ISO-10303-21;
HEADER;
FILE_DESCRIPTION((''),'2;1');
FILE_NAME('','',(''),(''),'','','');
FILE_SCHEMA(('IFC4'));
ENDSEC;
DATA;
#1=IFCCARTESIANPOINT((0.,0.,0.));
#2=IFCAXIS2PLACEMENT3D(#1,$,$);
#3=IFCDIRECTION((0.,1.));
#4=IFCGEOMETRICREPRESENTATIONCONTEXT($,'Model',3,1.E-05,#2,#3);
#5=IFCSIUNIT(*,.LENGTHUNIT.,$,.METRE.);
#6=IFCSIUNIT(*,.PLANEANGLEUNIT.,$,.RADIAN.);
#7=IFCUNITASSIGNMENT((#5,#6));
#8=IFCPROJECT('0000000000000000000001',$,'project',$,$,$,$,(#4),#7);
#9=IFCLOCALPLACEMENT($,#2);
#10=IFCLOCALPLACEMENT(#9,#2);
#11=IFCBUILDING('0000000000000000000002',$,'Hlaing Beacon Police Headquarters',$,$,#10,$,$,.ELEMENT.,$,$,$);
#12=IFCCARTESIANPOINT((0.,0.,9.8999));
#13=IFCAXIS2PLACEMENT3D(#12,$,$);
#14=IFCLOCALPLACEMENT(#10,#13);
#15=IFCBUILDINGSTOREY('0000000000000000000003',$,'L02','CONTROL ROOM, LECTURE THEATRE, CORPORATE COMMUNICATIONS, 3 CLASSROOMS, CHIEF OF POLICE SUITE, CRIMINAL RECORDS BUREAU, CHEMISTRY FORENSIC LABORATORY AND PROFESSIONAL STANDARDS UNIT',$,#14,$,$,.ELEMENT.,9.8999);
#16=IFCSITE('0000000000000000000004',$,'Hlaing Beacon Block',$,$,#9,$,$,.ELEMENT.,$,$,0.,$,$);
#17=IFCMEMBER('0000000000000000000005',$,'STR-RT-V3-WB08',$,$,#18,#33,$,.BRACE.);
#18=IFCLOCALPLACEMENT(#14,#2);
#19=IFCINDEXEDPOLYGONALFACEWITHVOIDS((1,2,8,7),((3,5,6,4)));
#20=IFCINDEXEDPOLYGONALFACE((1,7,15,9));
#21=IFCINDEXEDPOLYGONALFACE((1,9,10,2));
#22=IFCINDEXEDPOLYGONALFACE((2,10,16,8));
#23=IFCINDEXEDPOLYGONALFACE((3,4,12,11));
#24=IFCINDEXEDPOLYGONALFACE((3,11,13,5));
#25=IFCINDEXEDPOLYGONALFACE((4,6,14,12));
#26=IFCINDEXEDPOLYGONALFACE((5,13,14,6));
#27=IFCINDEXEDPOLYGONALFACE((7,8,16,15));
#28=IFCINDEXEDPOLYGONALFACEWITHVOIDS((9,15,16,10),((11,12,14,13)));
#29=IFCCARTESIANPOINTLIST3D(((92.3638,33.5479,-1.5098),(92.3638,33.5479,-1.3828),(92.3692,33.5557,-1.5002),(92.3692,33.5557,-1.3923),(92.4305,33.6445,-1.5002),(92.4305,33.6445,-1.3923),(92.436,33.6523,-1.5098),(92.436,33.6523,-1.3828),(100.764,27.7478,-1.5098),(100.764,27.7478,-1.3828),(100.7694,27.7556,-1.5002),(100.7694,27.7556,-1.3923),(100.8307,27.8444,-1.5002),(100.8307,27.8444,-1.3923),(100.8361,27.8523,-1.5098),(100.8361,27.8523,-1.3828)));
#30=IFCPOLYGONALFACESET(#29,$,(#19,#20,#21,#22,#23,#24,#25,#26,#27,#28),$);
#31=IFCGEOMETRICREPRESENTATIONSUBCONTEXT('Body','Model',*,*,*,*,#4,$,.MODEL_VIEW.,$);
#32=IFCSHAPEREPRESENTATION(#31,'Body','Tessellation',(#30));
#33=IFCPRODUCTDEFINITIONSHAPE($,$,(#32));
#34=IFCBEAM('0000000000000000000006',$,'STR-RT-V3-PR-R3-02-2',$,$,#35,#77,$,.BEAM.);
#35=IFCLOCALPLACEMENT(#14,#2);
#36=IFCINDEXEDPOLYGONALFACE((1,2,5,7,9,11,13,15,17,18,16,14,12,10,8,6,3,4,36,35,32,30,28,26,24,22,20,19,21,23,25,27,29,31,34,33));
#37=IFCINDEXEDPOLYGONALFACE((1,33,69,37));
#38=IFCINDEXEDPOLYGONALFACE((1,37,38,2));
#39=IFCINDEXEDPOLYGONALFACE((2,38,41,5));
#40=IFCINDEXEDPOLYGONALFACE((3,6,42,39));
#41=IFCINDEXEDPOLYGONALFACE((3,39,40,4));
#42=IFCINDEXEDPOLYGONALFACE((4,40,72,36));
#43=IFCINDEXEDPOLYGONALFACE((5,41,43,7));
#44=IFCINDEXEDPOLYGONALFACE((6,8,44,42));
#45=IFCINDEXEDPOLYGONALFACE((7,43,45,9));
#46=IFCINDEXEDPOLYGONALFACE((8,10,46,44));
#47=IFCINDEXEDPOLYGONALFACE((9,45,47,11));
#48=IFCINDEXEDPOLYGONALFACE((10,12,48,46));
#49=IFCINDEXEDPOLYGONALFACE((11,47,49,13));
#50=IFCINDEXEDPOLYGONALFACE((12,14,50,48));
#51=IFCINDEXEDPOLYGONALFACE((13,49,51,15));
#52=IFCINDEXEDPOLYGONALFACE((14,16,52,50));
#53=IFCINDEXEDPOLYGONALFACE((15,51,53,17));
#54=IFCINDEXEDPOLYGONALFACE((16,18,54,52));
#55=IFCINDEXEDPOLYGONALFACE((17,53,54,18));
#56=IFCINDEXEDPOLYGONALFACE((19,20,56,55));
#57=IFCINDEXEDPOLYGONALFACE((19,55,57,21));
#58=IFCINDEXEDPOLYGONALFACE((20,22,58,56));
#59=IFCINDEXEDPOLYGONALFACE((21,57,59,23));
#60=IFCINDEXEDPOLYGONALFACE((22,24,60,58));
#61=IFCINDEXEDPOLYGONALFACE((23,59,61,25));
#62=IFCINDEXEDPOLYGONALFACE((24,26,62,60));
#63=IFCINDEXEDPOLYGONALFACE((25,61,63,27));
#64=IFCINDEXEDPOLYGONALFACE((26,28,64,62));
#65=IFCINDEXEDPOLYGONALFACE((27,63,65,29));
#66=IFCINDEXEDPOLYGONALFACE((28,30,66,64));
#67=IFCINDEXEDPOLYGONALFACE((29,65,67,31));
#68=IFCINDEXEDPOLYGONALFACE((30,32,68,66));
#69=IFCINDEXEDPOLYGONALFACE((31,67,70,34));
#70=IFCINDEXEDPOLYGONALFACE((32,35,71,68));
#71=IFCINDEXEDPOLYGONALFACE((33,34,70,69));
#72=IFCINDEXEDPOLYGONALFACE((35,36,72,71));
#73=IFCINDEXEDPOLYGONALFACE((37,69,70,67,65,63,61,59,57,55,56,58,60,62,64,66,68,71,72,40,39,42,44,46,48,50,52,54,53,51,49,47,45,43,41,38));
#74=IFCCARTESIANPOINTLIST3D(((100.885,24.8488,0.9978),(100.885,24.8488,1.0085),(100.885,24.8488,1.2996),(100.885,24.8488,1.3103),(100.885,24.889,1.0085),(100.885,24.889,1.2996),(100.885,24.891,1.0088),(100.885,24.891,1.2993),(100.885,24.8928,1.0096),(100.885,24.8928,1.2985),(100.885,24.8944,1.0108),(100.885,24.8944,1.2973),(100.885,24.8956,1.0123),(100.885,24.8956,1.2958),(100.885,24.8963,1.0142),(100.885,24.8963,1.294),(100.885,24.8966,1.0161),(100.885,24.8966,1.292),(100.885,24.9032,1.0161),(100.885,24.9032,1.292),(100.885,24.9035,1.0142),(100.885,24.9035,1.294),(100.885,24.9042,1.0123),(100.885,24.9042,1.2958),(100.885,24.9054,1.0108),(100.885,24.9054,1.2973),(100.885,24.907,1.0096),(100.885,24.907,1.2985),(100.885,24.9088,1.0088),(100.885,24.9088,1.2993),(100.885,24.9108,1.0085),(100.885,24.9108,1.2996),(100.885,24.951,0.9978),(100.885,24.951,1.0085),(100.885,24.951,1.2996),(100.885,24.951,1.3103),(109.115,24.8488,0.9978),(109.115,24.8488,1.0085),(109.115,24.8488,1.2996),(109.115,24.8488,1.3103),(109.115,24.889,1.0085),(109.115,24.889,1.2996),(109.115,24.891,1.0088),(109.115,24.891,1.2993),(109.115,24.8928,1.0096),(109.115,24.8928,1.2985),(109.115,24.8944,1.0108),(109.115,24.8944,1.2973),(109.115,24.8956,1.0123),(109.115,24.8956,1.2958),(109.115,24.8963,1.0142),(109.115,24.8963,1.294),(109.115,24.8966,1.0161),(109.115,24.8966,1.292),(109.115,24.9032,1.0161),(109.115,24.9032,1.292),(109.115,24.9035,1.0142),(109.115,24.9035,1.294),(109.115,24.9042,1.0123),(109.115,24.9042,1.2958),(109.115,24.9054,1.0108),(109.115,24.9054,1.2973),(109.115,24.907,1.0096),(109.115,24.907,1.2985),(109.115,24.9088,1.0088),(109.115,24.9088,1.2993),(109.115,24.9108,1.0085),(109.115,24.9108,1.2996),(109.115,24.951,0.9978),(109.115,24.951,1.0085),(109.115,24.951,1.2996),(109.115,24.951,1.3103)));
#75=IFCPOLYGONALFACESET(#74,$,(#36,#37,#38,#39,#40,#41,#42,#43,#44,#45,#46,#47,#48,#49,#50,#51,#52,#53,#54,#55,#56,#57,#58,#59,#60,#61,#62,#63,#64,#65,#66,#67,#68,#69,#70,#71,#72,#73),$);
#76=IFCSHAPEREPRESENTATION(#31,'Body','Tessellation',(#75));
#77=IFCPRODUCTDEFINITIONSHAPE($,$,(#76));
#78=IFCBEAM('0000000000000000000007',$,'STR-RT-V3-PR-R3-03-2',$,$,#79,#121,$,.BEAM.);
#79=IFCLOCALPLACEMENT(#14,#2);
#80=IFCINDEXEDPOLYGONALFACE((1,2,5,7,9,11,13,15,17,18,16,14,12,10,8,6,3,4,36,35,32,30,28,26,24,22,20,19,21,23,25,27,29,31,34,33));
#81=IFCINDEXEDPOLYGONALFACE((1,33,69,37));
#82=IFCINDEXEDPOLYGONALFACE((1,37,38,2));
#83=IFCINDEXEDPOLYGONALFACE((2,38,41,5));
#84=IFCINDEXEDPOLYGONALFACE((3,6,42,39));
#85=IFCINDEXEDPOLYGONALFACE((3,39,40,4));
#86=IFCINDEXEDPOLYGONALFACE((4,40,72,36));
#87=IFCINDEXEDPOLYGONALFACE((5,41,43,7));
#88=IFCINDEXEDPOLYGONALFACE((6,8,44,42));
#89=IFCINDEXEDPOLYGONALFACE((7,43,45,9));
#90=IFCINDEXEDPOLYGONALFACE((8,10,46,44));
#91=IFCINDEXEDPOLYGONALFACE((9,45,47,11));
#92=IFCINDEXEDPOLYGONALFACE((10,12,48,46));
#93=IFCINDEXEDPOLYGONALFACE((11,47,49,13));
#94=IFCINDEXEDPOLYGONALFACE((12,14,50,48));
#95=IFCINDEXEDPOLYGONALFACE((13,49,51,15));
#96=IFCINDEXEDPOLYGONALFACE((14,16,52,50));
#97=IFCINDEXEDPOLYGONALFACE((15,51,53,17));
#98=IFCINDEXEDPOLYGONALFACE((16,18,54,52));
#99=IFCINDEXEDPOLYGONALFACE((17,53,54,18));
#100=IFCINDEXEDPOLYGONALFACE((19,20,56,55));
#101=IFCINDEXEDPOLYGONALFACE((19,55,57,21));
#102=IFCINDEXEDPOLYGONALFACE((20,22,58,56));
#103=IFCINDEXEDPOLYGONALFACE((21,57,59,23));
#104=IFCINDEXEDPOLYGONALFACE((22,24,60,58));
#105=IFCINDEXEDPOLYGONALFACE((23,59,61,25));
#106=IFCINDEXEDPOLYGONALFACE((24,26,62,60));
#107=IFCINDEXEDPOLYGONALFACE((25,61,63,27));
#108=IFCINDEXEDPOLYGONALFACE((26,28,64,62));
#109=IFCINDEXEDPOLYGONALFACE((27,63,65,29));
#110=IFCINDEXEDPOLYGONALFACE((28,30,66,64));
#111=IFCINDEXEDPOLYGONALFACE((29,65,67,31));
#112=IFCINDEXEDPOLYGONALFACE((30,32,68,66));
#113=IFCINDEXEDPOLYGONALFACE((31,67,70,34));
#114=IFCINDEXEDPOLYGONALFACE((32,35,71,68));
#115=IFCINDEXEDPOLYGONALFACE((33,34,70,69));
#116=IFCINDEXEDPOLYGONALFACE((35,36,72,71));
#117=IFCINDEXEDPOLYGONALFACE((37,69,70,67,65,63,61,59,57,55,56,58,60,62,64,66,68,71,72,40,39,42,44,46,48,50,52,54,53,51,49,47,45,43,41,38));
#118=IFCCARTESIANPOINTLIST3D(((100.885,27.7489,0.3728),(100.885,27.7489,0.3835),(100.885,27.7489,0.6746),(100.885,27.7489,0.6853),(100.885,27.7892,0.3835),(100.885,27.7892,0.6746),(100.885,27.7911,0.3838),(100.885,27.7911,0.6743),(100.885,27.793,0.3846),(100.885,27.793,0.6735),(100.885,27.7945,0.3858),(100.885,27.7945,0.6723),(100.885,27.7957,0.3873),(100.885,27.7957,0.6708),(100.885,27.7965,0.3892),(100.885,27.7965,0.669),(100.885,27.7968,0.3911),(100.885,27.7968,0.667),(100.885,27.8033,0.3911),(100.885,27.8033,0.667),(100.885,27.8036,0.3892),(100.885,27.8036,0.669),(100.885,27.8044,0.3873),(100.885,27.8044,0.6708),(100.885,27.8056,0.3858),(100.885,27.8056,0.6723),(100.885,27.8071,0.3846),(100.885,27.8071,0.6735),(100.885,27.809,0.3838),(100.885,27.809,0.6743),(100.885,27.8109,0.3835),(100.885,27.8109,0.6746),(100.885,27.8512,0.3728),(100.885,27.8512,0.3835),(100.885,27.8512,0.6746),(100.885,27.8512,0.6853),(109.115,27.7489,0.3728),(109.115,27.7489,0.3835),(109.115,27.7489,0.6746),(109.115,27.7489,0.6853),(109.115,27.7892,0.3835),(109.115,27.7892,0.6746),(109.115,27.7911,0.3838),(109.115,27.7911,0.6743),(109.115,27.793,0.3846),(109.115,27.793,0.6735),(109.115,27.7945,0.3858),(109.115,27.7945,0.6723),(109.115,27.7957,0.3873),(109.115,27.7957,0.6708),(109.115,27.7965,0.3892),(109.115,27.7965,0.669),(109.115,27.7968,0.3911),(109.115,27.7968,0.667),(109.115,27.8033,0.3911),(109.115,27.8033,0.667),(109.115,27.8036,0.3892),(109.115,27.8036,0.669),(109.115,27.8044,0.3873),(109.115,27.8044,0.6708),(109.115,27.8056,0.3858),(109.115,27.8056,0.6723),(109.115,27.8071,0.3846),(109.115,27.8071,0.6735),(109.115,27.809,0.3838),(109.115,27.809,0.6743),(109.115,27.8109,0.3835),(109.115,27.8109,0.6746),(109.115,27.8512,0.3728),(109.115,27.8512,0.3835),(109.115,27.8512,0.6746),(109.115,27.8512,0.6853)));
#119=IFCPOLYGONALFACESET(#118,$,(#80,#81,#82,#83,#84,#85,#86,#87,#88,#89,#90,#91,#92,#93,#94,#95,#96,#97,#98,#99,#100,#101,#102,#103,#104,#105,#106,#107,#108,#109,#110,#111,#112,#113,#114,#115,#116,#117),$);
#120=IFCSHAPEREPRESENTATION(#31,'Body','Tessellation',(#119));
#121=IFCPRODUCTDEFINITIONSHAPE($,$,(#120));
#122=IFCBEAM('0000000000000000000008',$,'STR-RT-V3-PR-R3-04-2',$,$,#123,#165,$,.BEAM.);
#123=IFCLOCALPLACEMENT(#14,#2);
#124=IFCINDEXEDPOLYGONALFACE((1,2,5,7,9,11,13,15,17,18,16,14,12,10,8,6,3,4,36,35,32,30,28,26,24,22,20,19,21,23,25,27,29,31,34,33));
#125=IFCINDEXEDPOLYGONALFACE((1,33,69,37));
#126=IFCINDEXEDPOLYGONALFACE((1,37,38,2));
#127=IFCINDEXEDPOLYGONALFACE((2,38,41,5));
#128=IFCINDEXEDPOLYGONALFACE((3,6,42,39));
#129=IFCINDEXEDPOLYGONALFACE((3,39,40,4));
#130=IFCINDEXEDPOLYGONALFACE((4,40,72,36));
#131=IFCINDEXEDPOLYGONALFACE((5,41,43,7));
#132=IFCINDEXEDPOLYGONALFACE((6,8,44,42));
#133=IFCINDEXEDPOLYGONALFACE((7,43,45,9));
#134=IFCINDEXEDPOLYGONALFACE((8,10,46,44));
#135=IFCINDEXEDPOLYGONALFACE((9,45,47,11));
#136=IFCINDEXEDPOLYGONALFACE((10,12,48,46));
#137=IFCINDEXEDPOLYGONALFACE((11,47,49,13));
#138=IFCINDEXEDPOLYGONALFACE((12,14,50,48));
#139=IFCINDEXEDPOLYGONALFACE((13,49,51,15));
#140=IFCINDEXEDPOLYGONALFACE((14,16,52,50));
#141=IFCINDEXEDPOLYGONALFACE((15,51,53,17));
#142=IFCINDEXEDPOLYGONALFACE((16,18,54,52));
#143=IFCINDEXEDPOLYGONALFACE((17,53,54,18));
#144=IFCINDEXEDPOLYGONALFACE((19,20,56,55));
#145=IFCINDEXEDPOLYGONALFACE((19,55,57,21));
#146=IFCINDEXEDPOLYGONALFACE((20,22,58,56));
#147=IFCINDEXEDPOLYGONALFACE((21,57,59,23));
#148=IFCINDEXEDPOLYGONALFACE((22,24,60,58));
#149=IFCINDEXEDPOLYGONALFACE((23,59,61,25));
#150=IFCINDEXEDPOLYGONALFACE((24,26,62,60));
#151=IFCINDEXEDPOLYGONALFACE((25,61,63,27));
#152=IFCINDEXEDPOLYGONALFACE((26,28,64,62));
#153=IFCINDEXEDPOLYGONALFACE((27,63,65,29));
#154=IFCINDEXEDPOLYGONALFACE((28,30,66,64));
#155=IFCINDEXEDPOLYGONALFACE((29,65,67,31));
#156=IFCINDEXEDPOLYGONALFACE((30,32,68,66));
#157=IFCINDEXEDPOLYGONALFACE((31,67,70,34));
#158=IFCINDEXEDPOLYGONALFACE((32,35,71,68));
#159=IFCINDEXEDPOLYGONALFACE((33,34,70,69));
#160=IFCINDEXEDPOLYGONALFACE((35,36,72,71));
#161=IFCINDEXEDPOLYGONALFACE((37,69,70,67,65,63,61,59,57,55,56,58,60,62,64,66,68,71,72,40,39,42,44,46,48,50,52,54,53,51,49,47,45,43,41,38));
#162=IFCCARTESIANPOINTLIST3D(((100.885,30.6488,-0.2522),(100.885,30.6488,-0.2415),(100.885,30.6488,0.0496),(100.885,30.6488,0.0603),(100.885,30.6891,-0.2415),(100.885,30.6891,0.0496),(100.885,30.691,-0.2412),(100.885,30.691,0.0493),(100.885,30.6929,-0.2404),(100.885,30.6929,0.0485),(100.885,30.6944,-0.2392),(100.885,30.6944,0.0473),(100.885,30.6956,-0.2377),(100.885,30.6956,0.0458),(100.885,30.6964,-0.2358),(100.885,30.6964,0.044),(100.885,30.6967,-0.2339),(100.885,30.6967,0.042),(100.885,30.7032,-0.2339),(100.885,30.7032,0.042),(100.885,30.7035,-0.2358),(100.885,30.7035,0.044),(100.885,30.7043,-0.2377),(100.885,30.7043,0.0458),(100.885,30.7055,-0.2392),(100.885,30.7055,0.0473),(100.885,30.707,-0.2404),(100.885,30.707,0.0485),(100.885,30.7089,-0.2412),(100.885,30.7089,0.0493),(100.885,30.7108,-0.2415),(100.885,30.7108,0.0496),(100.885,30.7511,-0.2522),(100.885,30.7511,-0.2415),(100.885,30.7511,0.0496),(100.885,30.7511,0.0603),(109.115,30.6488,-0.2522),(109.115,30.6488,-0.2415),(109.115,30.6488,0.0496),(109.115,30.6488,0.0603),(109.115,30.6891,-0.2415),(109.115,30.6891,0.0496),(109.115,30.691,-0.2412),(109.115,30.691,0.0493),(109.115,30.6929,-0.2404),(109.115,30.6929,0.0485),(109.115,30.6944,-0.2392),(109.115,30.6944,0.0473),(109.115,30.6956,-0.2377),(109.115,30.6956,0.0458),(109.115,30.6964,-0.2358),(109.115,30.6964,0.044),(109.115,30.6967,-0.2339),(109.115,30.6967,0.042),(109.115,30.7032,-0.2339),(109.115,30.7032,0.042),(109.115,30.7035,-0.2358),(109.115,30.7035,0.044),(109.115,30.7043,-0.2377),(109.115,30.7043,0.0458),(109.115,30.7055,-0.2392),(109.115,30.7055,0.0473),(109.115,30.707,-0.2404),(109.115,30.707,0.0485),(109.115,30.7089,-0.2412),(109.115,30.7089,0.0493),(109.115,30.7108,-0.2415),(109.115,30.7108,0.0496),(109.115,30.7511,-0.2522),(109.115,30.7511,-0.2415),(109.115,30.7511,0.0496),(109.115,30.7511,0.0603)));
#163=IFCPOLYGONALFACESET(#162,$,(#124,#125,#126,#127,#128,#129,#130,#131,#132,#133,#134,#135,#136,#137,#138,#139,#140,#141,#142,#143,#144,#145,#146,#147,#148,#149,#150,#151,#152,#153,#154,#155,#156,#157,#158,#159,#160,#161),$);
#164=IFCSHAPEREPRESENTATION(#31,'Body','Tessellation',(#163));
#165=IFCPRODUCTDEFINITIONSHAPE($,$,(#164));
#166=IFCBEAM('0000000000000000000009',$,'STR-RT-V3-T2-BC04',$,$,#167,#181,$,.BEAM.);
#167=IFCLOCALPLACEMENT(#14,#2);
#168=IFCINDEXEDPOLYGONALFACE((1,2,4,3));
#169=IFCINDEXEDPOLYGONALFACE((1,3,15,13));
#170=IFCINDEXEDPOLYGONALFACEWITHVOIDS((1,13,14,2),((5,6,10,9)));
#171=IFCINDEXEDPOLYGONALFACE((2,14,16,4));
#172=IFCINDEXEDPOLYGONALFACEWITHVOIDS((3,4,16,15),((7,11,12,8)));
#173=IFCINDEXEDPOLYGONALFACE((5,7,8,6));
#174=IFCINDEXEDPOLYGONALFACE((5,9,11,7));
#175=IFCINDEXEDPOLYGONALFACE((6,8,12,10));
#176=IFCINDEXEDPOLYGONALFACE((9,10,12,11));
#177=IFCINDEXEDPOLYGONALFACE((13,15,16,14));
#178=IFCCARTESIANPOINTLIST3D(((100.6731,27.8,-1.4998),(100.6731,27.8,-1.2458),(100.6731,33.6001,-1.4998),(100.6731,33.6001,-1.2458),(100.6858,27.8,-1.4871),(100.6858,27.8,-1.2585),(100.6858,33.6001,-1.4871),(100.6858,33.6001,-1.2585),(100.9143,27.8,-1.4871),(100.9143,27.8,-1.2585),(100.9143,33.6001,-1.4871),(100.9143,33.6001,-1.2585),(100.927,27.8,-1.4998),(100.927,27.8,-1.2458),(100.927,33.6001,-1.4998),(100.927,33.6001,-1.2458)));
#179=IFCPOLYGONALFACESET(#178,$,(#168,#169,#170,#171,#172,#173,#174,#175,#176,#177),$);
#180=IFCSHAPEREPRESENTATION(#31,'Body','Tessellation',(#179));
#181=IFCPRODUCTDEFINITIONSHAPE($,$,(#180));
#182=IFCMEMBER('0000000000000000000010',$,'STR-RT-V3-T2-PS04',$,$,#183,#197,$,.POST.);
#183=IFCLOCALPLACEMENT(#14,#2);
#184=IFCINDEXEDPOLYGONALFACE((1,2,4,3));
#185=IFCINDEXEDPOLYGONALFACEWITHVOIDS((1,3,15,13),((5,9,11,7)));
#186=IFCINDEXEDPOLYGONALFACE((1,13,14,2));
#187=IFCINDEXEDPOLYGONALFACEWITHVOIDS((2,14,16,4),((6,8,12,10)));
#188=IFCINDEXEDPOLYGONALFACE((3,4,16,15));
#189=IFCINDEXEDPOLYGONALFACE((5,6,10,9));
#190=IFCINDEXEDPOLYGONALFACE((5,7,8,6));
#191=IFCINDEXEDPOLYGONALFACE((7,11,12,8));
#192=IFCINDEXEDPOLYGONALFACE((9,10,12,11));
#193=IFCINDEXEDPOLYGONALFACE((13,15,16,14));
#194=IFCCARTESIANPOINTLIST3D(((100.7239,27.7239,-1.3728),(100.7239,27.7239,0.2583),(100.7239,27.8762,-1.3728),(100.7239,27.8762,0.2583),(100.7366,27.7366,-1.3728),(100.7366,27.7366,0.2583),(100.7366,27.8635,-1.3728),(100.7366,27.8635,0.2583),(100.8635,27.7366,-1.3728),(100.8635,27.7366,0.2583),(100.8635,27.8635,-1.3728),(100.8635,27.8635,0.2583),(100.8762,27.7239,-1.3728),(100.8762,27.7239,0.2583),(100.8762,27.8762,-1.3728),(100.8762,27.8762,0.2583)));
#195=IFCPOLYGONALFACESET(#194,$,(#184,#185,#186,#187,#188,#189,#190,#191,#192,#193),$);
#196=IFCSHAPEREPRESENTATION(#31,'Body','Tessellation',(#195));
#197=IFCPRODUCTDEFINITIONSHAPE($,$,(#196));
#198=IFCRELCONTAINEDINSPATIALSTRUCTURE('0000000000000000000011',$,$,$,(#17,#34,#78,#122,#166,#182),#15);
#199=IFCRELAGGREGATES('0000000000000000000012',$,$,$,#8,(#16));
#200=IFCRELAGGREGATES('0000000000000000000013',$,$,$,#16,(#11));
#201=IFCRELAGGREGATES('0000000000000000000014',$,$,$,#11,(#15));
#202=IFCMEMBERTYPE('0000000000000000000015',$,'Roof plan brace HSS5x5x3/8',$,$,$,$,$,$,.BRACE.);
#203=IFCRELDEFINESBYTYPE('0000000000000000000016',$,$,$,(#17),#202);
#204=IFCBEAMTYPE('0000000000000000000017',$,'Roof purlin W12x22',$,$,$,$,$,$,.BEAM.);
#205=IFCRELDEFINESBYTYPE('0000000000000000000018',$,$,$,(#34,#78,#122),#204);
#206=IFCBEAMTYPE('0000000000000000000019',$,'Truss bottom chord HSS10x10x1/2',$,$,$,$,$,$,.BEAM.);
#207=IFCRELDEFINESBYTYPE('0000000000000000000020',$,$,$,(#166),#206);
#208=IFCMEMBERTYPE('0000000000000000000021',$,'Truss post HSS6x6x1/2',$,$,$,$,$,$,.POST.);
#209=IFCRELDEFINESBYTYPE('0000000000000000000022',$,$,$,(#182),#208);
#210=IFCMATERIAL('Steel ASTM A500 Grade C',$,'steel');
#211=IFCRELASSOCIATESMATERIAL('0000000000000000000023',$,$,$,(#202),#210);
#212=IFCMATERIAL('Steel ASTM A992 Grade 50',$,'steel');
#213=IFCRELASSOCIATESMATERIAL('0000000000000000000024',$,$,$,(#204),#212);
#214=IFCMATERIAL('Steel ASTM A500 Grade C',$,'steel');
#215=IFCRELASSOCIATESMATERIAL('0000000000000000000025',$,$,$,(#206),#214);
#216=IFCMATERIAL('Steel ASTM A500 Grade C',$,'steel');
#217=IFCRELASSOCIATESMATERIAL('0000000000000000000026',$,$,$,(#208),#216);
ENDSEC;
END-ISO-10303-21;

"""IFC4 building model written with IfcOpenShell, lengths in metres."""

from ifc_helpers import new_model, si_unit, direction, frame, origin, origin_2d, place, context, subcontext, project, spatial, hollow_rectangle, i_section, extrude, material, material_profile, profile_set, type_object, element, save


model = new_model("IFC4")

# Units and contexts
model_context = context("Model", 3, precision=1e-05, world=origin(), true_north=direction((0.0, 1.0)))
body_context = subcontext(model_context, "Body", "Model", "MODEL_VIEW")
ifc_project = project(units=[si_unit("LENGTHUNIT", "METRE"), si_unit("PLANEANGLEUNIT", "RADIAN")], contexts=[model_context])

# Site, building, storey
site_placement = place(None, origin())
site = spatial("IfcSite", under=ifc_project, at=site_placement, Name="Hlaing Beacon Block", CompositionType="ELEMENT", RefElevation=0.0)
building_placement = place(site_placement, origin())
building = spatial("IfcBuilding", under=site, at=building_placement, Name="Hlaing Beacon Police Headquarters", CompositionType="ELEMENT")
storey_placement = place(building_placement, frame((0.0, 0.0, 9.8999)))
storey = spatial("IfcBuildingStorey", under=building, at=storey_placement, Name="L02", Description="CONTROL ROOM, LECTURE THEATRE, CORPORATE COMMUNICATIONS, 3 CLASSROOMS, CHIEF OF POLICE SUITE, CRIMINAL RECORDS BUREAU, CHEMISTRY FORENSIC LABORATORY AND PROFESSIONAL STANDARDS UNIT", CompositionType="ELEMENT", Elevation=9.8999)

# Member
ifc_material_1 = material(Name="Steel ASTM A500 Grade C", Category="steel")
ifc_material_profile_1 = material_profile(ifc_material_1, hollow_rectangle(XDim=0.127, YDim=0.127, WallThickness=0.0095, at=origin_2d()), Name="HSS5x5x3/8")
ifc_profile_set_1 = profile_set([ifc_material_profile_1], Name="Steel ASTM A500 Grade C")
member_type_1 = type_object("IfcMemberType", Name="Roof plan brace HSS5x5x3/8", PredefinedType="BRACE", material=ifc_profile_set_1)
member_1_placement = place(storey_placement, frame((100.8, 27.8, -1.4463), z_axis=(-0.822899, 0.568187, 0.0), x_axis=(-0.568187, -0.822899, 0.0)))
element("IfcMember", 1, at=member_1_placement, inside=storey, type_object=member_type_1, Name="STR-RT-V3-WB08", PredefinedType="BRACE", context=body_context, shape_type="SweptSolid", body=[
    extrude(hollow_rectangle(XDim=0.127, YDim=0.127, WallThickness=0.0095, at=origin_2d()), origin(), (0.0, 0.0, 1.0), 10.208),
])

# Beams
ifc_material_2 = material(Name="Steel ASTM A992 Grade 50", Category="steel")
ifc_material_profile_2 = material_profile(ifc_material_2, i_section(OverallWidth=0.1023, OverallDepth=0.3125, WebThickness=0.0066, FlangeThickness=0.0107, FilletRadius=0.0076, at=origin_2d()), Name="W12x22")
ifc_profile_set_2 = profile_set([ifc_material_profile_2], Name="Steel ASTM A992 Grade 50")
beam_type_1 = type_object("IfcBeamType", Name="Roof purlin W12x22", PredefinedType="BEAM", material=ifc_profile_set_2)
for number, where, z_axis, x_axis, name in (
    (2, (100.885, 24.8999, 1.1541), (1.0, 0.0, 0.0), (0.0, 1.0, 0.0), "STR-RT-V3-PR-R3-02-2"),
    (3, (100.885, 27.8, 0.5291), (1.0, 0.0, 0.0), (0.0, 1.0, 0.0), "STR-RT-V3-PR-R3-03-2"),
    (4, (100.885, 30.7, -0.0959), (1.0, 0.0, 0.0), (0.0, 1.0, 0.0), "STR-RT-V3-PR-R3-04-2"),
):
    element("IfcBeam", number, at=place(storey_placement, frame(where, z_axis=z_axis, x_axis=x_axis)), inside=storey, type_object=beam_type_1, Name=name, PredefinedType="BEAM", context=body_context, shape_type="SweptSolid", body=[
        extrude(i_section(OverallWidth=0.1023, OverallDepth=0.3125, WebThickness=0.0066, FlangeThickness=0.0107, FilletRadius=0.0076, at=origin_2d()), origin(), (0.0, 0.0, 1.0), 8.23),
    ])
ifc_material_3 = material(Name="Steel ASTM A500 Grade C", Category="steel")
ifc_material_profile_3 = material_profile(ifc_material_3, hollow_rectangle(XDim=0.2539, YDim=0.2539, WallThickness=0.0127, at=origin_2d()), Name="HSS10x10x1/2")
ifc_profile_set_3 = profile_set([ifc_material_profile_3], Name="Steel ASTM A500 Grade C")
beam_type_2 = type_object("IfcBeamType", Name="Truss bottom chord HSS10x10x1/2", PredefinedType="BEAM", material=ifc_profile_set_3)
beam_1_placement = place(storey_placement, frame((100.8, 27.8, -1.3728), z_axis=(0.0, 1.0, 0.0), x_axis=(-1.0, 0.0, 0.0)))
element("IfcBeam", 5, at=beam_1_placement, inside=storey, type_object=beam_type_2, Name="STR-RT-V3-T2-BC04", PredefinedType="BEAM", context=body_context, shape_type="SweptSolid", body=[
    extrude(hollow_rectangle(XDim=0.2539, YDim=0.2539, WallThickness=0.0127, at=origin_2d()), origin(), (0.0, 0.0, 1.0), 5.8),
])

# Member
ifc_material_4 = material(Name="Steel ASTM A500 Grade C", Category="steel")
ifc_material_profile_4 = material_profile(ifc_material_4, hollow_rectangle(XDim=0.1523, YDim=0.1523, WallThickness=0.0127, at=origin_2d()), Name="HSS6x6x1/2")
ifc_profile_set_4 = profile_set([ifc_material_profile_4], Name="Steel ASTM A500 Grade C")
member_type_2 = type_object("IfcMemberType", Name="Truss post HSS6x6x1/2", PredefinedType="POST", material=ifc_profile_set_4)
member_2_placement = place(storey_placement, frame((100.8, 27.8, -1.3728), z_axis=(0.0, 0.0, 1.0), x_axis=(1.0, 0.0, 0.0)))
element("IfcMember", 6, at=member_2_placement, inside=storey, type_object=member_type_2, Name="STR-RT-V3-T2-PS04", PredefinedType="POST", context=body_context, shape_type="SweptSolid", body=[
    extrude(hollow_rectangle(XDim=0.1523, YDim=0.1523, WallThickness=0.0127, at=origin_2d()), origin(), (0.0, 0.0, 1.0), 1.6311),
])

save(model, "model.ifc")
